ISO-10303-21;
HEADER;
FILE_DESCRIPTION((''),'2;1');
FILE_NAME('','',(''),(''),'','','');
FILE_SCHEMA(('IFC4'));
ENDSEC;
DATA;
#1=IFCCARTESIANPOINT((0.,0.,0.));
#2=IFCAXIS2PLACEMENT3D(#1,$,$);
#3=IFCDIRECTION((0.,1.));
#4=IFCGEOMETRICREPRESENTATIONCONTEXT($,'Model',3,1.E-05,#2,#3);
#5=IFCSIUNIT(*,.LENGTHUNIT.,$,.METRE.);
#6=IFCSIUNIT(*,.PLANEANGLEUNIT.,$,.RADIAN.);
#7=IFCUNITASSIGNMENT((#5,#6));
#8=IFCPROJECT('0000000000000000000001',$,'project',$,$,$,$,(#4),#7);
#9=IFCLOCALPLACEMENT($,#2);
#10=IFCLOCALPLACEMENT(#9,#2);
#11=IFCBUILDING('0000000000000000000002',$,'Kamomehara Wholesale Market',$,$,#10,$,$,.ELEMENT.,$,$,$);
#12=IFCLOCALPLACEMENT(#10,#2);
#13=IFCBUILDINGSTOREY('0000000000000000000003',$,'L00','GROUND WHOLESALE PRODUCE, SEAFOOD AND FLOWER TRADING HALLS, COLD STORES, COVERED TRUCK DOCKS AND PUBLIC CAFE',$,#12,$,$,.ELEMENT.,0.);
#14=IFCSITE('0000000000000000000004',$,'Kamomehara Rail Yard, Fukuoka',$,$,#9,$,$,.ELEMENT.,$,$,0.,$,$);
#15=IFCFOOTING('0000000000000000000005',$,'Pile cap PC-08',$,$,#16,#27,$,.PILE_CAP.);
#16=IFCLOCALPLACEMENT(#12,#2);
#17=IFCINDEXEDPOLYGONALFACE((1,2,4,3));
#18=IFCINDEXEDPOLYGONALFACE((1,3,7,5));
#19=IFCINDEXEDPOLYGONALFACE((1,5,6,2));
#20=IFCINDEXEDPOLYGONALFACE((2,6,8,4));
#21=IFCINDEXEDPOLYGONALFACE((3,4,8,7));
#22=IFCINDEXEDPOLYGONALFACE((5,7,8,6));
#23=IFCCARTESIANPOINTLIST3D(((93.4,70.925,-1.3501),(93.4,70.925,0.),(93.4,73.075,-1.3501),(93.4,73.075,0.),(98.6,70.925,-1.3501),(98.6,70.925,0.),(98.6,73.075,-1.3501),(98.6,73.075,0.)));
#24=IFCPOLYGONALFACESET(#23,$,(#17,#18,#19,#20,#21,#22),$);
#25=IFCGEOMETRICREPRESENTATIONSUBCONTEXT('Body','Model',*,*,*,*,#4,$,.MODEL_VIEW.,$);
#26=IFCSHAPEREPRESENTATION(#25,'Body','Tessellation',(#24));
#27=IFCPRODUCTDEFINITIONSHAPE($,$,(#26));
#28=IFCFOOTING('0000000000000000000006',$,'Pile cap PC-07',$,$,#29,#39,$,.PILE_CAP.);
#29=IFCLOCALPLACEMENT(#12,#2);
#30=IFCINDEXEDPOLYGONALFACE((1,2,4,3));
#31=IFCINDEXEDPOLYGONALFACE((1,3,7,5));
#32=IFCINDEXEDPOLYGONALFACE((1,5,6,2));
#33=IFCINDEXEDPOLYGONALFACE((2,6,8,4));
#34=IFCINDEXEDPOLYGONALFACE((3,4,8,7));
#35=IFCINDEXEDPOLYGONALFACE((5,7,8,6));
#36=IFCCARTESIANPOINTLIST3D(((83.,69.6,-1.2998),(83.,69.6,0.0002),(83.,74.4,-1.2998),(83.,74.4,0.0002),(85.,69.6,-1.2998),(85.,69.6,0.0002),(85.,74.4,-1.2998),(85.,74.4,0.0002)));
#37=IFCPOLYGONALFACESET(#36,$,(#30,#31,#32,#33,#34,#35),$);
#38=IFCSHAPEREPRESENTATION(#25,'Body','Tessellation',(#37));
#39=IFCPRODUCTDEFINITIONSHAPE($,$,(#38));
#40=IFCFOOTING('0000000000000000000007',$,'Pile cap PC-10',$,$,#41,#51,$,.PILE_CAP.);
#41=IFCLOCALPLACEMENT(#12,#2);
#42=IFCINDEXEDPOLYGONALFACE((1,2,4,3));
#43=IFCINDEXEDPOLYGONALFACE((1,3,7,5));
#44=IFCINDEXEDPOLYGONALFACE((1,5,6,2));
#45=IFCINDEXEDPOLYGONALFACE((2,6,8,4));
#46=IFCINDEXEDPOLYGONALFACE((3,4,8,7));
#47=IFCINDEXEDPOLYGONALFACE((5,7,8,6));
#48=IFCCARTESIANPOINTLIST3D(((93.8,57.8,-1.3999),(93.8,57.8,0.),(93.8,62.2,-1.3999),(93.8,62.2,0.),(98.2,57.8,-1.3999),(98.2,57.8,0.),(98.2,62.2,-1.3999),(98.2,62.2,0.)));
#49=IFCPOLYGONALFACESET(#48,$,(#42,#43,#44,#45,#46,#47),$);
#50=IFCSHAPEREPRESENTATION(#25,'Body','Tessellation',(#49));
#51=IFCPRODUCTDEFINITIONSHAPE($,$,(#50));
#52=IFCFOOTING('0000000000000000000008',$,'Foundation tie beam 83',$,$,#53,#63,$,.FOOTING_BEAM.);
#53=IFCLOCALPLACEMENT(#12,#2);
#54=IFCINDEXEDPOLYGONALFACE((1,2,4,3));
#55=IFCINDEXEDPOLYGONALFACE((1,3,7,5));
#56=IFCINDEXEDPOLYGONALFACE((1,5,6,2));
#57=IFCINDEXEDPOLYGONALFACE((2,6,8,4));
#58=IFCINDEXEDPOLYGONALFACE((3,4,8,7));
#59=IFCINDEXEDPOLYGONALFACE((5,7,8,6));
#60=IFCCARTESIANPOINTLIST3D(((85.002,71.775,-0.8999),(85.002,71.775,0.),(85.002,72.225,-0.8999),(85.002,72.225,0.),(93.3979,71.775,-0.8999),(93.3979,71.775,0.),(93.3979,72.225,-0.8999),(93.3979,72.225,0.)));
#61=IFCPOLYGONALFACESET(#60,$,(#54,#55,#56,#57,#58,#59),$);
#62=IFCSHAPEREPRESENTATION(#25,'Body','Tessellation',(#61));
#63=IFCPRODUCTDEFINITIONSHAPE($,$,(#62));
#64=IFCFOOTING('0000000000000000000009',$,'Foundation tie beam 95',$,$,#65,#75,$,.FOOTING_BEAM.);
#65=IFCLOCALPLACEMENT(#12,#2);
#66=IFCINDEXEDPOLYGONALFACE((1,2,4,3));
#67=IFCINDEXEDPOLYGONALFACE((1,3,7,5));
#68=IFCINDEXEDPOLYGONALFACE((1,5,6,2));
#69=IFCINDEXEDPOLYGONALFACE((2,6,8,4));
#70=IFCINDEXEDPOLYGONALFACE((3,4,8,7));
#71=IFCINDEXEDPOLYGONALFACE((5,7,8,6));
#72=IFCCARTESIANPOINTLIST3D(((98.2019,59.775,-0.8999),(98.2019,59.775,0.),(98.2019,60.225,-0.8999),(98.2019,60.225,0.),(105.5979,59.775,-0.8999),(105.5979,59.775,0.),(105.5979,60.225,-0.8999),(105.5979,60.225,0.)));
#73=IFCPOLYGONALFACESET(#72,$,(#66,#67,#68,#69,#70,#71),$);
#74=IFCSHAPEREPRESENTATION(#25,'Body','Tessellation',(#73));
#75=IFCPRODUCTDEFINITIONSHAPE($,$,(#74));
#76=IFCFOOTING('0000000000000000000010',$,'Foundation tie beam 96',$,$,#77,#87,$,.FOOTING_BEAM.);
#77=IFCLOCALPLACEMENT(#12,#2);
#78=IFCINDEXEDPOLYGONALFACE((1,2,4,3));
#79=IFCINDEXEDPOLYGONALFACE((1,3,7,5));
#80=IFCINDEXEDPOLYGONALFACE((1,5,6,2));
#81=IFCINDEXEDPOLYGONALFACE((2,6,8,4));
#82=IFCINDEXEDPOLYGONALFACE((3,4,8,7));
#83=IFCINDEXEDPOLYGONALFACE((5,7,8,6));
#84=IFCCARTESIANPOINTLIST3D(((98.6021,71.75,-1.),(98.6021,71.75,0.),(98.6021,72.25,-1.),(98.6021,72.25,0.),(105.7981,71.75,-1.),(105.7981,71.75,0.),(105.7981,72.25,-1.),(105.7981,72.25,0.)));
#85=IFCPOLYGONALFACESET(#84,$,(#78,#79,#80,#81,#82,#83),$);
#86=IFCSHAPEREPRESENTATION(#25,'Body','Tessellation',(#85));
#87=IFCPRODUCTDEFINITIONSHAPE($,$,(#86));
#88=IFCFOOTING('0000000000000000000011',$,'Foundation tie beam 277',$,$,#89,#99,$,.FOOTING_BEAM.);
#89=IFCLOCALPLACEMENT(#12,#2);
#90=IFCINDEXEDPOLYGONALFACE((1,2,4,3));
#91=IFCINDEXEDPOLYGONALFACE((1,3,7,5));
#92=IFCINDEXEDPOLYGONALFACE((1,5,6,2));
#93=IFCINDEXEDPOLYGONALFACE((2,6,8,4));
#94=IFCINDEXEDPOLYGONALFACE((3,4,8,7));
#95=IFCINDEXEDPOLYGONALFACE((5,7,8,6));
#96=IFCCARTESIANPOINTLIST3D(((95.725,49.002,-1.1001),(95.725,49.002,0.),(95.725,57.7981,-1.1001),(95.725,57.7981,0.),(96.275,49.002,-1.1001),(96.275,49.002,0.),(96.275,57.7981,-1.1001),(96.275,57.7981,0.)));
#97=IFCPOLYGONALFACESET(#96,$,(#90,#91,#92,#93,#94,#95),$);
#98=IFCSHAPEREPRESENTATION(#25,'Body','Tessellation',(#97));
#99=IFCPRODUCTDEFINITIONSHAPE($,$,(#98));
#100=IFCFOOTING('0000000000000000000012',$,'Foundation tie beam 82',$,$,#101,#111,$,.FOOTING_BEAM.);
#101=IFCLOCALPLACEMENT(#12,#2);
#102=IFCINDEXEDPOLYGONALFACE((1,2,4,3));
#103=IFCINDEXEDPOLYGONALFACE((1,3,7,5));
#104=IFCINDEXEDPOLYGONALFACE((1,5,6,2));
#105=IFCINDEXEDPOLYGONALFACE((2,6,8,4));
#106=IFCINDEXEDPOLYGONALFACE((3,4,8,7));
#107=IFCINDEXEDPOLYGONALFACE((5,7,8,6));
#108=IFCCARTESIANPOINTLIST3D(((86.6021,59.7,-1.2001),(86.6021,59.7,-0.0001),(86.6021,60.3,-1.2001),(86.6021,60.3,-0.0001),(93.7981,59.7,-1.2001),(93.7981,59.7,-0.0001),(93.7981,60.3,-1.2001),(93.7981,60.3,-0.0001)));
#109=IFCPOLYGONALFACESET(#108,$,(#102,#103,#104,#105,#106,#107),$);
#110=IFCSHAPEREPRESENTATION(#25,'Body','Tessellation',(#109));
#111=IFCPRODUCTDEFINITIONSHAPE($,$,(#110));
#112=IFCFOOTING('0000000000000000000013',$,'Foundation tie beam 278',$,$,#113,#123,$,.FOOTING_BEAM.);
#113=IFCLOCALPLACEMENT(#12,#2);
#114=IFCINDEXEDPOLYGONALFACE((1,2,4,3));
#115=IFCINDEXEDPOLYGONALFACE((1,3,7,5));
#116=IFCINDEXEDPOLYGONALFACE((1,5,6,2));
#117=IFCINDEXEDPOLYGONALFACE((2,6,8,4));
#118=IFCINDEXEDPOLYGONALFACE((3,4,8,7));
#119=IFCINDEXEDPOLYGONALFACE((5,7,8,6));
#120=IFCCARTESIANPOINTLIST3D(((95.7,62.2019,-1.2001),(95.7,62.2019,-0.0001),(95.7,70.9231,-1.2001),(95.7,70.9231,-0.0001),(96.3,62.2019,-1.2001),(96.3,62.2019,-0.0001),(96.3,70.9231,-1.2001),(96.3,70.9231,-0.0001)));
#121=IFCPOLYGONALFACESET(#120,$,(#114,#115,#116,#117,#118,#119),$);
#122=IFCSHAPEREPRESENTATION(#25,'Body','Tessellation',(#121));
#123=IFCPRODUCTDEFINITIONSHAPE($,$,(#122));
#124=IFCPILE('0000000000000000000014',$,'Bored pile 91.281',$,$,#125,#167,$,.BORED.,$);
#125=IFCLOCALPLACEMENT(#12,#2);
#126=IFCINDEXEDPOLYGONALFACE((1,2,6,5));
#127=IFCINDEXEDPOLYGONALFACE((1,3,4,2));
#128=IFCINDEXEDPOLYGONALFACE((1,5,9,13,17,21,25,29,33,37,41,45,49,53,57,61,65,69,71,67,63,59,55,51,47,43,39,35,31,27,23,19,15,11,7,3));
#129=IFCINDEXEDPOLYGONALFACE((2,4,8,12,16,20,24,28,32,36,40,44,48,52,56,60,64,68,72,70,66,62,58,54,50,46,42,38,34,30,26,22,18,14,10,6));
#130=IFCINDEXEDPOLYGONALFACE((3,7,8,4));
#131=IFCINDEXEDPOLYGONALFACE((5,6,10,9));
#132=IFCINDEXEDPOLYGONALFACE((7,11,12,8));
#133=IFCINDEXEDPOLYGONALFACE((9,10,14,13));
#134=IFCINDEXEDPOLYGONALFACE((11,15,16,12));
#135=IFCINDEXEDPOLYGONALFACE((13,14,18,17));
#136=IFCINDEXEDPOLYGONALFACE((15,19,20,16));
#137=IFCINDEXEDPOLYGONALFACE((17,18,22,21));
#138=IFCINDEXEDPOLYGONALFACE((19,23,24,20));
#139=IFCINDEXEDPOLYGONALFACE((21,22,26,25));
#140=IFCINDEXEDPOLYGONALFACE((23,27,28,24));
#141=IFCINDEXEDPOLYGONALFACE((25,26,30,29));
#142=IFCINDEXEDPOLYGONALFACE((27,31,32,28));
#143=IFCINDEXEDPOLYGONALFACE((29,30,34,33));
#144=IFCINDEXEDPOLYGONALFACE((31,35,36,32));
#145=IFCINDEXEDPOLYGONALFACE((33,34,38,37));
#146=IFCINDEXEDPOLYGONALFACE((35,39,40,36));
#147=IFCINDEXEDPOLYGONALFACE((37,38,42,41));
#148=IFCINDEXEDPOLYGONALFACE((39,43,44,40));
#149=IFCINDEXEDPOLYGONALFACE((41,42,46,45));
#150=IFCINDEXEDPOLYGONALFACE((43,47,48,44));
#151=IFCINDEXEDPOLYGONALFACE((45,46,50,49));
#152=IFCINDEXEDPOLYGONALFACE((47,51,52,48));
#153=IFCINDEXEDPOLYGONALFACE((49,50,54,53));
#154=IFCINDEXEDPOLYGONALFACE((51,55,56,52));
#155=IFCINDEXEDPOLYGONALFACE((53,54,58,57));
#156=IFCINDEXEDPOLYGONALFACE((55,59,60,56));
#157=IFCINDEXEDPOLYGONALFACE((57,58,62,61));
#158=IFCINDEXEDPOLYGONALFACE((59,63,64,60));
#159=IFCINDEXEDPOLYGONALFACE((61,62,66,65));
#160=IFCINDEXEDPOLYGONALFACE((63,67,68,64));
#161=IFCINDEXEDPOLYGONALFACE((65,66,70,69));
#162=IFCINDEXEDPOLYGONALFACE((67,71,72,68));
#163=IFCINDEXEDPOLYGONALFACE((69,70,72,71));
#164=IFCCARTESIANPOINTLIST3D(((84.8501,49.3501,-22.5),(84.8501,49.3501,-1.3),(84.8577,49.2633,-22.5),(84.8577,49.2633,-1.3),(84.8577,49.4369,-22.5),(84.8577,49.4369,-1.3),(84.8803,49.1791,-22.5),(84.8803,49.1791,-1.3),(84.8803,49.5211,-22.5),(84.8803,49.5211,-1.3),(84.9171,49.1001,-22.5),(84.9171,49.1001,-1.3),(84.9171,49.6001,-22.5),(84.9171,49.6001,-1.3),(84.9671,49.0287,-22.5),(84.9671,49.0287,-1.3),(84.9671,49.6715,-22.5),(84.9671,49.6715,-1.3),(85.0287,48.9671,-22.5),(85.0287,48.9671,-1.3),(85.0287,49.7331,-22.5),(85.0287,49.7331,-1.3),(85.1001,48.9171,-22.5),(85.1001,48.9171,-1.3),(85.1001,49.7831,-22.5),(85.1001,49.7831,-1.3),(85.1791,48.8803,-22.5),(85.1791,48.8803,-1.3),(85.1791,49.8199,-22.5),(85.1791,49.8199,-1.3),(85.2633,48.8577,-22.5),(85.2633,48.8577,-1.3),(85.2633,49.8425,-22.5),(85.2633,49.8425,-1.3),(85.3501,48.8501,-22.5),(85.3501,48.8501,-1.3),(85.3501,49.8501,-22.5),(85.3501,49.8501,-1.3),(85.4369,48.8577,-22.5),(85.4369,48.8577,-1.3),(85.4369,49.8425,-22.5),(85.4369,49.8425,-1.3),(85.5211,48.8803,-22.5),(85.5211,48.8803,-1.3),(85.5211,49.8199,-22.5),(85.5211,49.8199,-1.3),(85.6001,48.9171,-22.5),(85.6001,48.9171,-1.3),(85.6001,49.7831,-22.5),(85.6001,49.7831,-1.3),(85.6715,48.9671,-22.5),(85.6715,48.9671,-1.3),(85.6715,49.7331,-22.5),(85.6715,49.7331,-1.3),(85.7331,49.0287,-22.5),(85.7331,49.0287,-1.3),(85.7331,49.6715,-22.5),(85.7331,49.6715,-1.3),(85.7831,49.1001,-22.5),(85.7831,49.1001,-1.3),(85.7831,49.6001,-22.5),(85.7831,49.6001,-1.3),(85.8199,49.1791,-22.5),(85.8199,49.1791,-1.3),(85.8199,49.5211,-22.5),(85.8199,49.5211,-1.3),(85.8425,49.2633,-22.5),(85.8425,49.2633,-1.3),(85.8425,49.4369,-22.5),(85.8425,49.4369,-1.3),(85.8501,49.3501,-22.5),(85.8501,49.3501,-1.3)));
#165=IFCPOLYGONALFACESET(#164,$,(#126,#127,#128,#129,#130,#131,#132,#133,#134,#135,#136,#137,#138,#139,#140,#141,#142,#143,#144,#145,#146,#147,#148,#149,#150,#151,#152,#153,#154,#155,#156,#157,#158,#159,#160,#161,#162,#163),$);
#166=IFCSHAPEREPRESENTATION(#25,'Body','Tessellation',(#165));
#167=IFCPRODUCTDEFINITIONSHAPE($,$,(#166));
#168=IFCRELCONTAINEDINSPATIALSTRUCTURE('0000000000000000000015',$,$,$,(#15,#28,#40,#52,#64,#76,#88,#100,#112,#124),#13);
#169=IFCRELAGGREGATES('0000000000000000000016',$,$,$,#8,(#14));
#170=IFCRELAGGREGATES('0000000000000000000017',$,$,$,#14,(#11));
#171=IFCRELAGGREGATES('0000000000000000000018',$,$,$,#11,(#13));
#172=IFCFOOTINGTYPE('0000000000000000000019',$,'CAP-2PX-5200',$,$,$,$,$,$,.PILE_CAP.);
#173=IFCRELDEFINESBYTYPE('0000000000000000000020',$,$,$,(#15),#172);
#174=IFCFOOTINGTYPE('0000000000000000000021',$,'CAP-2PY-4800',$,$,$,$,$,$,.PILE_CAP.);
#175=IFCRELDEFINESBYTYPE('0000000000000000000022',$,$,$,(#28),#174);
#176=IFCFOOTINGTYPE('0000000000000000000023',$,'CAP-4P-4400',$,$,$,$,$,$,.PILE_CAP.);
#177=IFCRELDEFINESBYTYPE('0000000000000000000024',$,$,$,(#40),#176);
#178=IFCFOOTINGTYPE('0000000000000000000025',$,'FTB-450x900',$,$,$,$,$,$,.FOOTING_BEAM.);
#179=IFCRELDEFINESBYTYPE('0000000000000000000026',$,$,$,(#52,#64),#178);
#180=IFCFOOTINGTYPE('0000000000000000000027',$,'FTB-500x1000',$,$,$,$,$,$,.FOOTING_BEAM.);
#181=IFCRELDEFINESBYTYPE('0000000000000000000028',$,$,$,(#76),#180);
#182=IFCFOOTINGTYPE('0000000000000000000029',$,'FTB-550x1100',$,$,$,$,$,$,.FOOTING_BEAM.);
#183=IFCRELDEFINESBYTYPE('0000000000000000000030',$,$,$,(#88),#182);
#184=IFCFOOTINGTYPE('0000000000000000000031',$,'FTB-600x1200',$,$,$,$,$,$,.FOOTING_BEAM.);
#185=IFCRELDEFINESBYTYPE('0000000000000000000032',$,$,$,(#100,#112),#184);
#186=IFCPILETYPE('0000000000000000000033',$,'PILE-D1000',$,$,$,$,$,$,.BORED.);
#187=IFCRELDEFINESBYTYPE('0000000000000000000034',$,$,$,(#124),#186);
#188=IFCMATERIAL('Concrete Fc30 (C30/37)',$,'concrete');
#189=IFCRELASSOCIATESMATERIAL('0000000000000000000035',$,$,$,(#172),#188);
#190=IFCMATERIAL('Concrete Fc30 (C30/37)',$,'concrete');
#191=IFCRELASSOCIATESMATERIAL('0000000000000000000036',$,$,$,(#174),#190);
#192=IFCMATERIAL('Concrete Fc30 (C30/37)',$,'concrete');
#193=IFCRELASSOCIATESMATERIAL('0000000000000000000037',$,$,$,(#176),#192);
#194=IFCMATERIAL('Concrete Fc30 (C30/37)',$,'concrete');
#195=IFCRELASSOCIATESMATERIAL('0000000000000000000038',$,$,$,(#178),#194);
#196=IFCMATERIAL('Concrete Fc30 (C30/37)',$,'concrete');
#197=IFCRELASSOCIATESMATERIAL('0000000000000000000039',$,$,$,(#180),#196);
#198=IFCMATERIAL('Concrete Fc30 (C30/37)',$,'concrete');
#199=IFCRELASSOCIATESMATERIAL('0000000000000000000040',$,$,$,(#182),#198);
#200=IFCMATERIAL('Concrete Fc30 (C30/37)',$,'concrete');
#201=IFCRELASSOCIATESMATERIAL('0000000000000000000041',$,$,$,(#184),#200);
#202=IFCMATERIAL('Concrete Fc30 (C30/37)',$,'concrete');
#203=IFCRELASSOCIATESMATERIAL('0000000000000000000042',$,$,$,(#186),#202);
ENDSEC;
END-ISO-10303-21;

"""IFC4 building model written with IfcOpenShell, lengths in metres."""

from ifc_helpers import new_model, si_unit, direction, frame, origin, origin_2d, place, context, subcontext, project, spatial, rectangle, circle, extrude, material, material_profile, profile_set, type_object, element, save


model = new_model("IFC4")

# Units and contexts
model_context = context("Model", 3, precision=1e-05, world=origin(), true_north=direction((0.0, 1.0)))
body_context = subcontext(model_context, "Body", "Model", "MODEL_VIEW")
ifc_project = project(units=[si_unit("LENGTHUNIT", "METRE"), si_unit("PLANEANGLEUNIT", "RADIAN")], contexts=[model_context])

# Site, building, storey
site_placement = place(None, origin())
site = spatial("IfcSite", under=ifc_project, at=site_placement, Name="Kamomehara Rail Yard, Fukuoka", CompositionType="ELEMENT", RefElevation=0.0)
building_placement = place(site_placement, origin())
building = spatial("IfcBuilding", under=site, at=building_placement, Name="Kamomehara Wholesale Market", CompositionType="ELEMENT")
storey_placement = place(building_placement, origin())
storey = spatial("IfcBuildingStorey", under=building, at=storey_placement, Name="L00", Description="GROUND WHOLESALE PRODUCE, SEAFOOD AND FLOWER TRADING HALLS, COLD STORES, COVERED TRUCK DOCKS AND PUBLIC CAFE", CompositionType="ELEMENT", Elevation=0.0)

# Footings
ifc_material_1 = material(Name="Concrete Fc30 (C30/37)", Category="concrete")
footing_type_1 = type_object("IfcFootingType", Name="CAP-2PX-5200", PredefinedType="PILE_CAP", material=ifc_material_1)
footing_1_placement = place(storey_placement, frame((96.0, 72.0, -1.3501), z_axis=(0.0, 0.0, 1.0), x_axis=(1.0, 0.0, 0.0)))
element("IfcFooting", 1, at=footing_1_placement, inside=storey, type_object=footing_type_1, Name="Pile cap PC-08", PredefinedType="PILE_CAP", context=body_context, shape_type="SweptSolid", body=[
    extrude(rectangle(XDim=5.2, YDim=2.1499, at=origin_2d()), origin(), (0.0, 0.0, 1.0), 1.3501),
])
ifc_material_2 = material(Name="Concrete Fc30 (C30/37)", Category="concrete")
footing_type_2 = type_object("IfcFootingType", Name="CAP-2PY-4800", PredefinedType="PILE_CAP", material=ifc_material_2)
footing_2_placement = place(storey_placement, frame((84.0, 72.0, -1.2998), z_axis=(0.0, 0.0, 1.0), x_axis=(1.0, 0.0, 0.0)))
element("IfcFooting", 2, at=footing_2_placement, inside=storey, type_object=footing_type_2, Name="Pile cap PC-07", PredefinedType="PILE_CAP", context=body_context, shape_type="SweptSolid", body=[
    extrude(rectangle(XDim=2.0, YDim=4.8, at=origin_2d()), origin(), (0.0, 0.0, 1.0), 1.3),
])
ifc_material_3 = material(Name="Concrete Fc30 (C30/37)", Category="concrete")
footing_type_3 = type_object("IfcFootingType", Name="CAP-4P-4400", PredefinedType="PILE_CAP", material=ifc_material_3)
footing_3_placement = place(storey_placement, frame((96.0, 60.0, -1.3999), z_axis=(0.0, 0.0, 1.0), x_axis=(1.0, 0.0, 0.0)))
element("IfcFooting", 3, at=footing_3_placement, inside=storey, type_object=footing_type_3, Name="Pile cap PC-10", PredefinedType="PILE_CAP", context=body_context, shape_type="SweptSolid", body=[
    extrude(rectangle(XDim=4.3999, YDim=4.3999, at=origin_2d()), origin(), (0.0, 0.0, 1.0), 1.3999),
])
ifc_material_4 = material(Name="Concrete Fc30 (C30/37)", Category="concrete")
ifc_material_profile_1 = material_profile(ifc_material_4, rectangle(XDim=0.45, YDim=0.8999, at=origin_2d()), Name="RC-FTB-450x900")
ifc_profile_set_1 = profile_set([ifc_material_profile_1], Name="Concrete Fc30 (C30/37)")
footing_type_4 = type_object("IfcFootingType", Name="FTB-450x900", PredefinedType="FOOTING_BEAM", material=ifc_profile_set_1)
footing_4_placement = place(storey_placement, frame((85.002, 72.0, -0.45), z_axis=(1.0, 0.0, 0.0), x_axis=(0.0, 1.0, 0.0)))
element("IfcFooting", 4, at=footing_4_placement, inside=storey, type_object=footing_type_4, Name="Foundation tie beam 83", PredefinedType="FOOTING_BEAM", context=body_context, shape_type="SweptSolid", body=[
    extrude(rectangle(XDim=0.45, YDim=0.8999, at=origin_2d()), origin(), (0.0, 0.0, 1.0), 8.396),
])
footing_5_placement = place(storey_placement, frame((98.2019, 60.0, -0.45), z_axis=(1.0, 0.0, 0.0), x_axis=(0.0, 1.0, 0.0)))
element("IfcFooting", 5, at=footing_5_placement, inside=storey, type_object=footing_type_4, Name="Foundation tie beam 95", PredefinedType="FOOTING_BEAM", context=body_context, shape_type="SweptSolid", body=[
    extrude(rectangle(XDim=0.45, YDim=0.8999, at=origin_2d()), origin(), (0.0, 0.0, 1.0), 7.396),
])
ifc_material_5 = material(Name="Concrete Fc30 (C30/37)", Category="concrete")
ifc_material_profile_2 = material_profile(ifc_material_5, rectangle(XDim=0.5, YDim=1.0, at=origin_2d()), Name="RC-FTB-500x1000")
ifc_profile_set_2 = profile_set([ifc_material_profile_2], Name="Concrete Fc30 (C30/37)")
footing_type_5 = type_object("IfcFootingType", Name="FTB-500x1000", PredefinedType="FOOTING_BEAM", material=ifc_profile_set_2)
footing_6_placement = place(storey_placement, frame((98.6021, 72.0, -0.5), z_axis=(1.0, 0.0, 0.0), x_axis=(0.0, 1.0, 0.0)))
element("IfcFooting", 6, at=footing_6_placement, inside=storey, type_object=footing_type_5, Name="Foundation tie beam 96", PredefinedType="FOOTING_BEAM", context=body_context, shape_type="SweptSolid", body=[
    extrude(rectangle(XDim=0.5, YDim=1.0, at=origin_2d()), origin(), (0.0, 0.0, 1.0), 7.196),
])
ifc_material_6 = material(Name="Concrete Fc30 (C30/37)", Category="concrete")
ifc_material_profile_3 = material_profile(ifc_material_6, rectangle(XDim=0.55, YDim=1.1001, at=origin_2d()), Name="RC-FTB-550x1100")
ifc_profile_set_3 = profile_set([ifc_material_profile_3], Name="Concrete Fc30 (C30/37)")
footing_type_6 = type_object("IfcFootingType", Name="FTB-550x1100", PredefinedType="FOOTING_BEAM", material=ifc_profile_set_3)
footing_7_placement = place(storey_placement, frame((96.0, 49.002, -0.55), z_axis=(0.0, 1.0, 0.0), x_axis=(-1.0, 0.0, 0.0)))
element("IfcFooting", 7, at=footing_7_placement, inside=storey, type_object=footing_type_6, Name="Foundation tie beam 277", PredefinedType="FOOTING_BEAM", context=body_context, shape_type="SweptSolid", body=[
    extrude(rectangle(XDim=0.55, YDim=1.1001, at=origin_2d()), origin(), (0.0, 0.0, 1.0), 8.7961),
])
ifc_material_7 = material(Name="Concrete Fc30 (C30/37)", Category="concrete")
ifc_material_profile_4 = material_profile(ifc_material_7, rectangle(XDim=0.6001, YDim=1.2, at=origin_2d()), Name="RC-FTB-600x1200")
ifc_profile_set_4 = profile_set([ifc_material_profile_4], Name="Concrete Fc30 (C30/37)")
footing_type_7 = type_object("IfcFootingType", Name="FTB-600x1200", PredefinedType="FOOTING_BEAM", material=ifc_profile_set_4)
footing_8_placement = place(storey_placement, frame((86.6021, 60.0, -0.6001), z_axis=(1.0, 0.0, 0.0), x_axis=(0.0, 1.0, 0.0)))
element("IfcFooting", 8, at=footing_8_placement, inside=storey, type_object=footing_type_7, Name="Foundation tie beam 82", PredefinedType="FOOTING_BEAM", context=body_context, shape_type="SweptSolid", body=[
    extrude(rectangle(XDim=0.6001, YDim=1.2, at=origin_2d()), origin(), (0.0, 0.0, 1.0), 7.196),
])
footing_9_placement = place(storey_placement, frame((96.0, 62.2019, -0.6001), z_axis=(0.0, 1.0, 0.0), x_axis=(-1.0, 0.0, 0.0)))
element("IfcFooting", 9, at=footing_9_placement, inside=storey, type_object=footing_type_7, Name="Foundation tie beam 278", PredefinedType="FOOTING_BEAM", context=body_context, shape_type="SweptSolid", body=[
    extrude(rectangle(XDim=0.6001, YDim=1.2, at=origin_2d()), origin(), (0.0, 0.0, 1.0), 8.7212),
])

# Pile
ifc_material_8 = material(Name="Concrete Fc30 (C30/37)", Category="concrete")
ifc_material_profile_5 = material_profile(ifc_material_8, circle(Radius=0.5, at=origin_2d()), Name="RC-PILE-D1000")
ifc_profile_set_5 = profile_set([ifc_material_profile_5], Name="Concrete Fc30 (C30/37)")
pile_type_1 = type_object("IfcPileType", Name="PILE-D1000", PredefinedType="BORED", material=ifc_profile_set_5)
for number, where, z_axis, x_axis, name in (
    (10, (85.3501, 49.3501, -1.3), (0.0, 0.0, -1.0), (1.0, 0.0, 0.0), "Bored pile 91.281"),
):
    element("IfcPile", number, at=place(storey_placement, frame(where, z_axis=z_axis, x_axis=x_axis)), inside=storey, type_object=pile_type_1, Name=name, PredefinedType="BORED", context=body_context, shape_type="SweptSolid", body=[
        extrude(circle(Radius=0.5, at=origin_2d()), origin(), (0.0, 0.0, 1.0), 21.2),
    ])

save(model, "model.ifc")
